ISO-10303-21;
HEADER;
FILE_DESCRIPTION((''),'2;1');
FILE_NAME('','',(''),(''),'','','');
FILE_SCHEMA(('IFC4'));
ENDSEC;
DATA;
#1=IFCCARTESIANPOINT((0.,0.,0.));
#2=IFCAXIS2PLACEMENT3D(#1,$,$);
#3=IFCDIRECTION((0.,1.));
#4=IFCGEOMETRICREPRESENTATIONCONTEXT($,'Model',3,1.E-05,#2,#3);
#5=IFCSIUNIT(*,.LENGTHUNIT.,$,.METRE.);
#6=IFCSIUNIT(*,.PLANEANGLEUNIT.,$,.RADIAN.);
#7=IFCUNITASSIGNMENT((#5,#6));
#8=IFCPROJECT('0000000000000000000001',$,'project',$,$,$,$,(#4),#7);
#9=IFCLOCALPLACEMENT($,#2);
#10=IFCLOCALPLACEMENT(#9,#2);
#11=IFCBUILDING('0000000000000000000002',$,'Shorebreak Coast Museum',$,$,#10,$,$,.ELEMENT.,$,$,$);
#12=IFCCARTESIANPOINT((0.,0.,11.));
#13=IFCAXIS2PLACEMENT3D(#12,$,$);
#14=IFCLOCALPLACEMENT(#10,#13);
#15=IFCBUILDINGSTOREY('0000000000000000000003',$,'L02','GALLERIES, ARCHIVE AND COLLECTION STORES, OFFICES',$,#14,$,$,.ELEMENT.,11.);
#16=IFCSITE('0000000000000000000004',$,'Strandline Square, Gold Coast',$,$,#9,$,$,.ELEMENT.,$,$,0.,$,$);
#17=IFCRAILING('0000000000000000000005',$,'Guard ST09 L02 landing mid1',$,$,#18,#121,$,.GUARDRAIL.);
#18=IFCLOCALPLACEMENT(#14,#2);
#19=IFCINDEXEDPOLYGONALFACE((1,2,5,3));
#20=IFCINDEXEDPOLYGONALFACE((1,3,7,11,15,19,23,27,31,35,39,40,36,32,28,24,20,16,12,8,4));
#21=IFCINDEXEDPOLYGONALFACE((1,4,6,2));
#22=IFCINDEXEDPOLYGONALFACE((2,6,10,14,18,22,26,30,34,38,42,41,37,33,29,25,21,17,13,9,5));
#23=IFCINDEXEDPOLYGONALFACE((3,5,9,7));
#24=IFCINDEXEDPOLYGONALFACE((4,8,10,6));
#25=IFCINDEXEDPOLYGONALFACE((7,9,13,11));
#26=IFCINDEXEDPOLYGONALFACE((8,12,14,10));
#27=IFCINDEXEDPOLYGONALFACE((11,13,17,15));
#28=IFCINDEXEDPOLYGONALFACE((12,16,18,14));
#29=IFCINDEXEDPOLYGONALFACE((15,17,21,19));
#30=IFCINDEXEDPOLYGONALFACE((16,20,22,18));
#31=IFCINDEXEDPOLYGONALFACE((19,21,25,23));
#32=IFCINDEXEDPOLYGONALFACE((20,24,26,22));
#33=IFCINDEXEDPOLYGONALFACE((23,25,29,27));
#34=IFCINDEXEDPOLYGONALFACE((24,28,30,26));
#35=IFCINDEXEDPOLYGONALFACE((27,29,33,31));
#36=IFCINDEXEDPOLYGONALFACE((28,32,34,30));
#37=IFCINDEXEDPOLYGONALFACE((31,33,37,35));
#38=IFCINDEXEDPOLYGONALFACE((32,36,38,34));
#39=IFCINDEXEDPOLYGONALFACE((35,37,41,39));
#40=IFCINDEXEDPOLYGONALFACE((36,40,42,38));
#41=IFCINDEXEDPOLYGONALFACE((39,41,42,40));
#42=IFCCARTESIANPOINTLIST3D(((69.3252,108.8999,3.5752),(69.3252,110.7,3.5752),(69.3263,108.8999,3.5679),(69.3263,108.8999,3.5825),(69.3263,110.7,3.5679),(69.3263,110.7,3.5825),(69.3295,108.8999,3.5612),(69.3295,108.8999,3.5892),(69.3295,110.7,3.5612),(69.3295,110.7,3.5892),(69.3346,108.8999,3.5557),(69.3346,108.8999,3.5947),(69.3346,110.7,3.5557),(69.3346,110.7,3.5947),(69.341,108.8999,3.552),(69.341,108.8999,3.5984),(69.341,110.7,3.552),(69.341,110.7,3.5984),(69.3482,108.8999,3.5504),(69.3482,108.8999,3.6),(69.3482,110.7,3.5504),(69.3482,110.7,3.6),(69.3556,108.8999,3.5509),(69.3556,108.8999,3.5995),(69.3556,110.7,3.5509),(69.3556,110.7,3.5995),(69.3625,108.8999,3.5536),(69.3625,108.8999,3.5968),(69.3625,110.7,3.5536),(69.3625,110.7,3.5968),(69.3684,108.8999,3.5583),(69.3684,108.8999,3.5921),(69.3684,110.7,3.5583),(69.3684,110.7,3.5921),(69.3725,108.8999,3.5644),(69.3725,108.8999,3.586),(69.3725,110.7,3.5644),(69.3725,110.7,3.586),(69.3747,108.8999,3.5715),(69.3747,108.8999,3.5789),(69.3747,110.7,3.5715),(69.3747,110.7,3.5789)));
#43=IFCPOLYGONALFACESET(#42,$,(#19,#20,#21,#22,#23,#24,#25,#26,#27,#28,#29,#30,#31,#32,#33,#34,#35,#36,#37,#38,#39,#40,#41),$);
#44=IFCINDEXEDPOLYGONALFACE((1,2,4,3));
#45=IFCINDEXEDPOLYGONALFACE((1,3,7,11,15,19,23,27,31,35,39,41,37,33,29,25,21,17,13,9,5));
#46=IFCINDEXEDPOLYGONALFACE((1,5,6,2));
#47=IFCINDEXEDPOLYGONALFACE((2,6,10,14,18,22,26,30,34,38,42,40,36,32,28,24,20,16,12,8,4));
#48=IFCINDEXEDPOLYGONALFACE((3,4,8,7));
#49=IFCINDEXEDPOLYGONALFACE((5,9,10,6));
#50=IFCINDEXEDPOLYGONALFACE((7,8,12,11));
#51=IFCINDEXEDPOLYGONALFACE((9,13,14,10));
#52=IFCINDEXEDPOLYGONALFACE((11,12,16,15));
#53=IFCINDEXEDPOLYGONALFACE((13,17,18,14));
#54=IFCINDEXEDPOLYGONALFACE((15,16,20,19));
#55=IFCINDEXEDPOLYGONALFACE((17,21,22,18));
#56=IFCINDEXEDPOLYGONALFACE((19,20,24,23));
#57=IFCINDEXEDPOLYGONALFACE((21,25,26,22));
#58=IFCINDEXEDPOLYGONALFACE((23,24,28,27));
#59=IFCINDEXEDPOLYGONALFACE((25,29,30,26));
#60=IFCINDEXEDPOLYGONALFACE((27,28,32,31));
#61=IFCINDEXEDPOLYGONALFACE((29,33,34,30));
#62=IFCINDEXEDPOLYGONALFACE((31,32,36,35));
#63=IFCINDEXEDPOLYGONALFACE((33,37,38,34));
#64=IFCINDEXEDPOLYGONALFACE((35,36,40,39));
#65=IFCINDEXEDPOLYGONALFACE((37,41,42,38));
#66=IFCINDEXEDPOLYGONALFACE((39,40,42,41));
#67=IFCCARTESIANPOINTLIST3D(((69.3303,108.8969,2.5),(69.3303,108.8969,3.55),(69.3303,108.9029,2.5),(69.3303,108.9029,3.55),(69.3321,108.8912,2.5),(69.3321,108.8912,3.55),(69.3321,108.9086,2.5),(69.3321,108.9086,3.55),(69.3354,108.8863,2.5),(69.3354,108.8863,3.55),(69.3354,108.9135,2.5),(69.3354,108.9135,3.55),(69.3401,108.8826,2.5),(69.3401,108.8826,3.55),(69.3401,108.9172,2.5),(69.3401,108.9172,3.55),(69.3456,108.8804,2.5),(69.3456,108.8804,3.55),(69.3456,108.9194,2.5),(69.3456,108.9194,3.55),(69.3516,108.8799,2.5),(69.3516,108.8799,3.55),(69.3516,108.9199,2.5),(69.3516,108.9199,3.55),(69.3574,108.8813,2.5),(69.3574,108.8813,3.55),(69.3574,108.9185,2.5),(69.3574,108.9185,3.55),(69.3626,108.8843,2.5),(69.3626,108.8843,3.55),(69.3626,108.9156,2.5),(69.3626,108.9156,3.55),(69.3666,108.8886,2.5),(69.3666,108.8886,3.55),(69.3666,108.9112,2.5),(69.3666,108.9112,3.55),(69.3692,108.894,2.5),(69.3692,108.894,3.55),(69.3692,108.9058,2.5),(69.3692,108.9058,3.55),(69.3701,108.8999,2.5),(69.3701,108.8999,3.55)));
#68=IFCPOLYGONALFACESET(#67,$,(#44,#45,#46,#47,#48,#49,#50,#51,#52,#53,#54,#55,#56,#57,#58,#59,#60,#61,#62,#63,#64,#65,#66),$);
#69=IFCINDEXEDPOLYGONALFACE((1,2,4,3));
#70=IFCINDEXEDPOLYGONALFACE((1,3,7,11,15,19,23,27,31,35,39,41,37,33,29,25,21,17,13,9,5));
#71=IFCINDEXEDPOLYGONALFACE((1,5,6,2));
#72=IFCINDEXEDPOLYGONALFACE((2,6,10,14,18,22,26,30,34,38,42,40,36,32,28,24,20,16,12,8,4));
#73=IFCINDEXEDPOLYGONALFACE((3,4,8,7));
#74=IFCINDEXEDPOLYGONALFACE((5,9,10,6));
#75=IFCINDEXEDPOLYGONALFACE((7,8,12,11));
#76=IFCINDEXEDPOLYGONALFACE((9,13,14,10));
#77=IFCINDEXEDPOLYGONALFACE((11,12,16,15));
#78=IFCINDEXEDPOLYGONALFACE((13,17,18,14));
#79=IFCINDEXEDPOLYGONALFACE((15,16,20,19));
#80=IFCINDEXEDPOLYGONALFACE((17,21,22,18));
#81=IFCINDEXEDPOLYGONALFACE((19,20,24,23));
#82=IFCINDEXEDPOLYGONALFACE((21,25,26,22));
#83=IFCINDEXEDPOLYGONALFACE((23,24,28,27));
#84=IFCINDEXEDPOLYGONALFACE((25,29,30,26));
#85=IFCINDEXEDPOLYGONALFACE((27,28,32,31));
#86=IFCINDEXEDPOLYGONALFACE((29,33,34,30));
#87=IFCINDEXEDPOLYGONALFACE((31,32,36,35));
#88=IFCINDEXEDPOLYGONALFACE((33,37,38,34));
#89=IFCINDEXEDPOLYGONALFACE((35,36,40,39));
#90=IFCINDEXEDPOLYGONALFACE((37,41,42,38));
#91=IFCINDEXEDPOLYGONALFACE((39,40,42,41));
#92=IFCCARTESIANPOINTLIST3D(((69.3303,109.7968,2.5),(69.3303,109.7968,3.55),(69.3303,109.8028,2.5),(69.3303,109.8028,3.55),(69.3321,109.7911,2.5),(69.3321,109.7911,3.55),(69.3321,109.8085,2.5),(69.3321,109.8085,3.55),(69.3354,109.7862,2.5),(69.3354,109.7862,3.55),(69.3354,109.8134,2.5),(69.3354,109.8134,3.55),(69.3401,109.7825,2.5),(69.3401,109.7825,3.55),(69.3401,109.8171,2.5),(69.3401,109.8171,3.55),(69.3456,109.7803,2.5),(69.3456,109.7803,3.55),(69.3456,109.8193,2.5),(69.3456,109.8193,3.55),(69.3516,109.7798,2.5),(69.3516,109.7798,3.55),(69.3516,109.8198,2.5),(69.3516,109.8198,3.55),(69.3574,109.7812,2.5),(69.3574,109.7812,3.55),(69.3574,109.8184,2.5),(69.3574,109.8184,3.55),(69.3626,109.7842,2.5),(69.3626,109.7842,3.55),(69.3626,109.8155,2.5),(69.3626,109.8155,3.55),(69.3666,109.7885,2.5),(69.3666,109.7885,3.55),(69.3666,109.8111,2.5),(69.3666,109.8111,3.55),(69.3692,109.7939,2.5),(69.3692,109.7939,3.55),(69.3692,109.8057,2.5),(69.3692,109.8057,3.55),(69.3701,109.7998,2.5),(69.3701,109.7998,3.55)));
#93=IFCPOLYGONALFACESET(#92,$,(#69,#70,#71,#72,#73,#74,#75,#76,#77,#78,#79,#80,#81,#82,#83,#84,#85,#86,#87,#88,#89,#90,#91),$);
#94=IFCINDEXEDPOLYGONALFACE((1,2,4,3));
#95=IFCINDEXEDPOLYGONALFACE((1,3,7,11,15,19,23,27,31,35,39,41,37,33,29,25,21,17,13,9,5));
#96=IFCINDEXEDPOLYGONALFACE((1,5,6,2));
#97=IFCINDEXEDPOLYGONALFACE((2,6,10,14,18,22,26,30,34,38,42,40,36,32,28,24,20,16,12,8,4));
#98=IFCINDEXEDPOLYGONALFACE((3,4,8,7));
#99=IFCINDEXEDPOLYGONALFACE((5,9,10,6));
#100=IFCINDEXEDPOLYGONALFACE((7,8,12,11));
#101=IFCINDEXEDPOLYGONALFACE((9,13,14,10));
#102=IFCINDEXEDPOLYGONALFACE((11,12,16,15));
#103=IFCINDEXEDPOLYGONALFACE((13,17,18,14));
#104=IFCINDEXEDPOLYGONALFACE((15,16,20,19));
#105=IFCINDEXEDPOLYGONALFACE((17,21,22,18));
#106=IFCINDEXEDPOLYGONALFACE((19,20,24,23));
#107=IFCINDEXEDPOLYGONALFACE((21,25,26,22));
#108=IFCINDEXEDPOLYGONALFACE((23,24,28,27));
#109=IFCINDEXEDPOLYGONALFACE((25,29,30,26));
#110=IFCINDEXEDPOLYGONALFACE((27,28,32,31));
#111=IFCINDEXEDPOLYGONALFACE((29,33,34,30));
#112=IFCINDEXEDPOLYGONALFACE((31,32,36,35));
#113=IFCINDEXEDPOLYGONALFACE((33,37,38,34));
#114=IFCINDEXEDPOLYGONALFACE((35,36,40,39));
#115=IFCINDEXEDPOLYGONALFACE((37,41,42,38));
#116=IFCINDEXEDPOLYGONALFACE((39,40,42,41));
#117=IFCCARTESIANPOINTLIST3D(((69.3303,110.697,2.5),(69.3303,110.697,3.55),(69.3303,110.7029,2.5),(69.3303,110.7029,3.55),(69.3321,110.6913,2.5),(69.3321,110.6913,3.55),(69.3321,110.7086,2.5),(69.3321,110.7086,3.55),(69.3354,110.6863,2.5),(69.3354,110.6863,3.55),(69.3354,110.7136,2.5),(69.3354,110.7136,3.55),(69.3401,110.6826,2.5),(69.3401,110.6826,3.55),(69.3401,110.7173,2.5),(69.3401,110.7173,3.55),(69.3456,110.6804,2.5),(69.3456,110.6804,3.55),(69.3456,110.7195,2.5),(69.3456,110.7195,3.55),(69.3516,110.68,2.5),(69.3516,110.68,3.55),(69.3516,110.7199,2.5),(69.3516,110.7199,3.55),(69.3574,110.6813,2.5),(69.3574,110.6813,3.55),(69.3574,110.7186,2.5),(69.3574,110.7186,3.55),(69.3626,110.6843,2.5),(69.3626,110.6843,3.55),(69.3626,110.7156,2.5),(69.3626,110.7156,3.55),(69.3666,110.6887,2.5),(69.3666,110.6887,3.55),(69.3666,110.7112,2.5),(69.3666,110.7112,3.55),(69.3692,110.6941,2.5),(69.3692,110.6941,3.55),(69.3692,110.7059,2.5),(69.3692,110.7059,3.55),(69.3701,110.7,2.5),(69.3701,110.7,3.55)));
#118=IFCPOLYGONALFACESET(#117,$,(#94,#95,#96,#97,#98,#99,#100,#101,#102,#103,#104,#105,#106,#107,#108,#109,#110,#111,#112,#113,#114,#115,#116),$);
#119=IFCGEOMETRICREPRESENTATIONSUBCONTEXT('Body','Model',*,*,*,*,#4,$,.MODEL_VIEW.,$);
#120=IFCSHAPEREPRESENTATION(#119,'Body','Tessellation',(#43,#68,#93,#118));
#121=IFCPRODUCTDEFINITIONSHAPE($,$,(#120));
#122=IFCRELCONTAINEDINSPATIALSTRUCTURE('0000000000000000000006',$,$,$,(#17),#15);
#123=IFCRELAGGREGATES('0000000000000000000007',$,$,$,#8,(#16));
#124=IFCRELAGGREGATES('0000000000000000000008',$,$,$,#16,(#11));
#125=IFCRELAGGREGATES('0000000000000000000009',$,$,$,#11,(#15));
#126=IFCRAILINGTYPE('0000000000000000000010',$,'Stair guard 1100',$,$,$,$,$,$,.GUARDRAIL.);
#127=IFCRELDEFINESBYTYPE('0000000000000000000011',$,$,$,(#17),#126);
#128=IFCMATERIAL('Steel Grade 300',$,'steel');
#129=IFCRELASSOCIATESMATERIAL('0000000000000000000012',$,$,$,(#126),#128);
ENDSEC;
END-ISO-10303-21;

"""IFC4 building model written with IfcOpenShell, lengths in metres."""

from ifc_helpers import new_model, si_unit, direction, frame, origin, origin_2d, place, context, subcontext, project, spatial, circle, extrude, material, type_object, element, save


model = new_model("IFC4")

# Units and contexts
model_context = context("Model", 3, precision=1e-05, world=origin(), true_north=direction((0.0, 1.0)))
body_context = subcontext(model_context, "Body", "Model", "MODEL_VIEW")
ifc_project = project(units=[si_unit("LENGTHUNIT", "METRE"), si_unit("PLANEANGLEUNIT", "RADIAN")], contexts=[model_context])

# Site, building, storey
site_placement = place(None, origin())
site = spatial("IfcSite", under=ifc_project, at=site_placement, Name="Strandline Square, Gold Coast", CompositionType="ELEMENT", RefElevation=0.0)
building_placement = place(site_placement, origin())
building = spatial("IfcBuilding", under=site, at=building_placement, Name="Shorebreak Coast Museum", CompositionType="ELEMENT")
storey_placement = place(building_placement, frame((0.0, 0.0, 11.0)))
storey = spatial("IfcBuildingStorey", under=building, at=storey_placement, Name="L02", Description="GALLERIES, ARCHIVE AND COLLECTION STORES, OFFICES", CompositionType="ELEMENT", Elevation=11.0)

# Railing
ifc_material_1 = material(Name="Steel Grade 300", Category="steel")
railing_type_1 = type_object("IfcRailingType", Name="Stair guard 1100", PredefinedType="GUARDRAIL", material=ifc_material_1)
railing_1_placement = place(storey_placement, frame((69.3501, 108.8999, 2.5)))
element("IfcRailing", 1, at=railing_1_placement, inside=storey, type_object=railing_type_1, Name="Guard ST09 L02 landing mid1", PredefinedType="GUARDRAIL", context=body_context, shape_type="SweptSolid", body=[
    extrude(circle(Radius=0.0249, at=origin_2d()), frame((0.0, 0.0, 1.0752), z_axis=(0.0, 1.0, 0.0), x_axis=(-1.0, 0.0, 0.0)), (0.0, 0.0, 1.0), 1.8),
    extrude(circle(Radius=0.02, at=origin_2d()), origin(), (0.0, 0.0, 1.0), 1.05),
    extrude(circle(Radius=0.02, at=origin_2d()), frame((0.0, 0.8999, 0.0)), (0.0, 0.0, 1.0), 1.05),
    extrude(circle(Radius=0.02, at=origin_2d()), frame((0.0, 1.8, 0.0)), (0.0, 0.0, 1.0), 1.05),
])

save(model, "model.ifc")
